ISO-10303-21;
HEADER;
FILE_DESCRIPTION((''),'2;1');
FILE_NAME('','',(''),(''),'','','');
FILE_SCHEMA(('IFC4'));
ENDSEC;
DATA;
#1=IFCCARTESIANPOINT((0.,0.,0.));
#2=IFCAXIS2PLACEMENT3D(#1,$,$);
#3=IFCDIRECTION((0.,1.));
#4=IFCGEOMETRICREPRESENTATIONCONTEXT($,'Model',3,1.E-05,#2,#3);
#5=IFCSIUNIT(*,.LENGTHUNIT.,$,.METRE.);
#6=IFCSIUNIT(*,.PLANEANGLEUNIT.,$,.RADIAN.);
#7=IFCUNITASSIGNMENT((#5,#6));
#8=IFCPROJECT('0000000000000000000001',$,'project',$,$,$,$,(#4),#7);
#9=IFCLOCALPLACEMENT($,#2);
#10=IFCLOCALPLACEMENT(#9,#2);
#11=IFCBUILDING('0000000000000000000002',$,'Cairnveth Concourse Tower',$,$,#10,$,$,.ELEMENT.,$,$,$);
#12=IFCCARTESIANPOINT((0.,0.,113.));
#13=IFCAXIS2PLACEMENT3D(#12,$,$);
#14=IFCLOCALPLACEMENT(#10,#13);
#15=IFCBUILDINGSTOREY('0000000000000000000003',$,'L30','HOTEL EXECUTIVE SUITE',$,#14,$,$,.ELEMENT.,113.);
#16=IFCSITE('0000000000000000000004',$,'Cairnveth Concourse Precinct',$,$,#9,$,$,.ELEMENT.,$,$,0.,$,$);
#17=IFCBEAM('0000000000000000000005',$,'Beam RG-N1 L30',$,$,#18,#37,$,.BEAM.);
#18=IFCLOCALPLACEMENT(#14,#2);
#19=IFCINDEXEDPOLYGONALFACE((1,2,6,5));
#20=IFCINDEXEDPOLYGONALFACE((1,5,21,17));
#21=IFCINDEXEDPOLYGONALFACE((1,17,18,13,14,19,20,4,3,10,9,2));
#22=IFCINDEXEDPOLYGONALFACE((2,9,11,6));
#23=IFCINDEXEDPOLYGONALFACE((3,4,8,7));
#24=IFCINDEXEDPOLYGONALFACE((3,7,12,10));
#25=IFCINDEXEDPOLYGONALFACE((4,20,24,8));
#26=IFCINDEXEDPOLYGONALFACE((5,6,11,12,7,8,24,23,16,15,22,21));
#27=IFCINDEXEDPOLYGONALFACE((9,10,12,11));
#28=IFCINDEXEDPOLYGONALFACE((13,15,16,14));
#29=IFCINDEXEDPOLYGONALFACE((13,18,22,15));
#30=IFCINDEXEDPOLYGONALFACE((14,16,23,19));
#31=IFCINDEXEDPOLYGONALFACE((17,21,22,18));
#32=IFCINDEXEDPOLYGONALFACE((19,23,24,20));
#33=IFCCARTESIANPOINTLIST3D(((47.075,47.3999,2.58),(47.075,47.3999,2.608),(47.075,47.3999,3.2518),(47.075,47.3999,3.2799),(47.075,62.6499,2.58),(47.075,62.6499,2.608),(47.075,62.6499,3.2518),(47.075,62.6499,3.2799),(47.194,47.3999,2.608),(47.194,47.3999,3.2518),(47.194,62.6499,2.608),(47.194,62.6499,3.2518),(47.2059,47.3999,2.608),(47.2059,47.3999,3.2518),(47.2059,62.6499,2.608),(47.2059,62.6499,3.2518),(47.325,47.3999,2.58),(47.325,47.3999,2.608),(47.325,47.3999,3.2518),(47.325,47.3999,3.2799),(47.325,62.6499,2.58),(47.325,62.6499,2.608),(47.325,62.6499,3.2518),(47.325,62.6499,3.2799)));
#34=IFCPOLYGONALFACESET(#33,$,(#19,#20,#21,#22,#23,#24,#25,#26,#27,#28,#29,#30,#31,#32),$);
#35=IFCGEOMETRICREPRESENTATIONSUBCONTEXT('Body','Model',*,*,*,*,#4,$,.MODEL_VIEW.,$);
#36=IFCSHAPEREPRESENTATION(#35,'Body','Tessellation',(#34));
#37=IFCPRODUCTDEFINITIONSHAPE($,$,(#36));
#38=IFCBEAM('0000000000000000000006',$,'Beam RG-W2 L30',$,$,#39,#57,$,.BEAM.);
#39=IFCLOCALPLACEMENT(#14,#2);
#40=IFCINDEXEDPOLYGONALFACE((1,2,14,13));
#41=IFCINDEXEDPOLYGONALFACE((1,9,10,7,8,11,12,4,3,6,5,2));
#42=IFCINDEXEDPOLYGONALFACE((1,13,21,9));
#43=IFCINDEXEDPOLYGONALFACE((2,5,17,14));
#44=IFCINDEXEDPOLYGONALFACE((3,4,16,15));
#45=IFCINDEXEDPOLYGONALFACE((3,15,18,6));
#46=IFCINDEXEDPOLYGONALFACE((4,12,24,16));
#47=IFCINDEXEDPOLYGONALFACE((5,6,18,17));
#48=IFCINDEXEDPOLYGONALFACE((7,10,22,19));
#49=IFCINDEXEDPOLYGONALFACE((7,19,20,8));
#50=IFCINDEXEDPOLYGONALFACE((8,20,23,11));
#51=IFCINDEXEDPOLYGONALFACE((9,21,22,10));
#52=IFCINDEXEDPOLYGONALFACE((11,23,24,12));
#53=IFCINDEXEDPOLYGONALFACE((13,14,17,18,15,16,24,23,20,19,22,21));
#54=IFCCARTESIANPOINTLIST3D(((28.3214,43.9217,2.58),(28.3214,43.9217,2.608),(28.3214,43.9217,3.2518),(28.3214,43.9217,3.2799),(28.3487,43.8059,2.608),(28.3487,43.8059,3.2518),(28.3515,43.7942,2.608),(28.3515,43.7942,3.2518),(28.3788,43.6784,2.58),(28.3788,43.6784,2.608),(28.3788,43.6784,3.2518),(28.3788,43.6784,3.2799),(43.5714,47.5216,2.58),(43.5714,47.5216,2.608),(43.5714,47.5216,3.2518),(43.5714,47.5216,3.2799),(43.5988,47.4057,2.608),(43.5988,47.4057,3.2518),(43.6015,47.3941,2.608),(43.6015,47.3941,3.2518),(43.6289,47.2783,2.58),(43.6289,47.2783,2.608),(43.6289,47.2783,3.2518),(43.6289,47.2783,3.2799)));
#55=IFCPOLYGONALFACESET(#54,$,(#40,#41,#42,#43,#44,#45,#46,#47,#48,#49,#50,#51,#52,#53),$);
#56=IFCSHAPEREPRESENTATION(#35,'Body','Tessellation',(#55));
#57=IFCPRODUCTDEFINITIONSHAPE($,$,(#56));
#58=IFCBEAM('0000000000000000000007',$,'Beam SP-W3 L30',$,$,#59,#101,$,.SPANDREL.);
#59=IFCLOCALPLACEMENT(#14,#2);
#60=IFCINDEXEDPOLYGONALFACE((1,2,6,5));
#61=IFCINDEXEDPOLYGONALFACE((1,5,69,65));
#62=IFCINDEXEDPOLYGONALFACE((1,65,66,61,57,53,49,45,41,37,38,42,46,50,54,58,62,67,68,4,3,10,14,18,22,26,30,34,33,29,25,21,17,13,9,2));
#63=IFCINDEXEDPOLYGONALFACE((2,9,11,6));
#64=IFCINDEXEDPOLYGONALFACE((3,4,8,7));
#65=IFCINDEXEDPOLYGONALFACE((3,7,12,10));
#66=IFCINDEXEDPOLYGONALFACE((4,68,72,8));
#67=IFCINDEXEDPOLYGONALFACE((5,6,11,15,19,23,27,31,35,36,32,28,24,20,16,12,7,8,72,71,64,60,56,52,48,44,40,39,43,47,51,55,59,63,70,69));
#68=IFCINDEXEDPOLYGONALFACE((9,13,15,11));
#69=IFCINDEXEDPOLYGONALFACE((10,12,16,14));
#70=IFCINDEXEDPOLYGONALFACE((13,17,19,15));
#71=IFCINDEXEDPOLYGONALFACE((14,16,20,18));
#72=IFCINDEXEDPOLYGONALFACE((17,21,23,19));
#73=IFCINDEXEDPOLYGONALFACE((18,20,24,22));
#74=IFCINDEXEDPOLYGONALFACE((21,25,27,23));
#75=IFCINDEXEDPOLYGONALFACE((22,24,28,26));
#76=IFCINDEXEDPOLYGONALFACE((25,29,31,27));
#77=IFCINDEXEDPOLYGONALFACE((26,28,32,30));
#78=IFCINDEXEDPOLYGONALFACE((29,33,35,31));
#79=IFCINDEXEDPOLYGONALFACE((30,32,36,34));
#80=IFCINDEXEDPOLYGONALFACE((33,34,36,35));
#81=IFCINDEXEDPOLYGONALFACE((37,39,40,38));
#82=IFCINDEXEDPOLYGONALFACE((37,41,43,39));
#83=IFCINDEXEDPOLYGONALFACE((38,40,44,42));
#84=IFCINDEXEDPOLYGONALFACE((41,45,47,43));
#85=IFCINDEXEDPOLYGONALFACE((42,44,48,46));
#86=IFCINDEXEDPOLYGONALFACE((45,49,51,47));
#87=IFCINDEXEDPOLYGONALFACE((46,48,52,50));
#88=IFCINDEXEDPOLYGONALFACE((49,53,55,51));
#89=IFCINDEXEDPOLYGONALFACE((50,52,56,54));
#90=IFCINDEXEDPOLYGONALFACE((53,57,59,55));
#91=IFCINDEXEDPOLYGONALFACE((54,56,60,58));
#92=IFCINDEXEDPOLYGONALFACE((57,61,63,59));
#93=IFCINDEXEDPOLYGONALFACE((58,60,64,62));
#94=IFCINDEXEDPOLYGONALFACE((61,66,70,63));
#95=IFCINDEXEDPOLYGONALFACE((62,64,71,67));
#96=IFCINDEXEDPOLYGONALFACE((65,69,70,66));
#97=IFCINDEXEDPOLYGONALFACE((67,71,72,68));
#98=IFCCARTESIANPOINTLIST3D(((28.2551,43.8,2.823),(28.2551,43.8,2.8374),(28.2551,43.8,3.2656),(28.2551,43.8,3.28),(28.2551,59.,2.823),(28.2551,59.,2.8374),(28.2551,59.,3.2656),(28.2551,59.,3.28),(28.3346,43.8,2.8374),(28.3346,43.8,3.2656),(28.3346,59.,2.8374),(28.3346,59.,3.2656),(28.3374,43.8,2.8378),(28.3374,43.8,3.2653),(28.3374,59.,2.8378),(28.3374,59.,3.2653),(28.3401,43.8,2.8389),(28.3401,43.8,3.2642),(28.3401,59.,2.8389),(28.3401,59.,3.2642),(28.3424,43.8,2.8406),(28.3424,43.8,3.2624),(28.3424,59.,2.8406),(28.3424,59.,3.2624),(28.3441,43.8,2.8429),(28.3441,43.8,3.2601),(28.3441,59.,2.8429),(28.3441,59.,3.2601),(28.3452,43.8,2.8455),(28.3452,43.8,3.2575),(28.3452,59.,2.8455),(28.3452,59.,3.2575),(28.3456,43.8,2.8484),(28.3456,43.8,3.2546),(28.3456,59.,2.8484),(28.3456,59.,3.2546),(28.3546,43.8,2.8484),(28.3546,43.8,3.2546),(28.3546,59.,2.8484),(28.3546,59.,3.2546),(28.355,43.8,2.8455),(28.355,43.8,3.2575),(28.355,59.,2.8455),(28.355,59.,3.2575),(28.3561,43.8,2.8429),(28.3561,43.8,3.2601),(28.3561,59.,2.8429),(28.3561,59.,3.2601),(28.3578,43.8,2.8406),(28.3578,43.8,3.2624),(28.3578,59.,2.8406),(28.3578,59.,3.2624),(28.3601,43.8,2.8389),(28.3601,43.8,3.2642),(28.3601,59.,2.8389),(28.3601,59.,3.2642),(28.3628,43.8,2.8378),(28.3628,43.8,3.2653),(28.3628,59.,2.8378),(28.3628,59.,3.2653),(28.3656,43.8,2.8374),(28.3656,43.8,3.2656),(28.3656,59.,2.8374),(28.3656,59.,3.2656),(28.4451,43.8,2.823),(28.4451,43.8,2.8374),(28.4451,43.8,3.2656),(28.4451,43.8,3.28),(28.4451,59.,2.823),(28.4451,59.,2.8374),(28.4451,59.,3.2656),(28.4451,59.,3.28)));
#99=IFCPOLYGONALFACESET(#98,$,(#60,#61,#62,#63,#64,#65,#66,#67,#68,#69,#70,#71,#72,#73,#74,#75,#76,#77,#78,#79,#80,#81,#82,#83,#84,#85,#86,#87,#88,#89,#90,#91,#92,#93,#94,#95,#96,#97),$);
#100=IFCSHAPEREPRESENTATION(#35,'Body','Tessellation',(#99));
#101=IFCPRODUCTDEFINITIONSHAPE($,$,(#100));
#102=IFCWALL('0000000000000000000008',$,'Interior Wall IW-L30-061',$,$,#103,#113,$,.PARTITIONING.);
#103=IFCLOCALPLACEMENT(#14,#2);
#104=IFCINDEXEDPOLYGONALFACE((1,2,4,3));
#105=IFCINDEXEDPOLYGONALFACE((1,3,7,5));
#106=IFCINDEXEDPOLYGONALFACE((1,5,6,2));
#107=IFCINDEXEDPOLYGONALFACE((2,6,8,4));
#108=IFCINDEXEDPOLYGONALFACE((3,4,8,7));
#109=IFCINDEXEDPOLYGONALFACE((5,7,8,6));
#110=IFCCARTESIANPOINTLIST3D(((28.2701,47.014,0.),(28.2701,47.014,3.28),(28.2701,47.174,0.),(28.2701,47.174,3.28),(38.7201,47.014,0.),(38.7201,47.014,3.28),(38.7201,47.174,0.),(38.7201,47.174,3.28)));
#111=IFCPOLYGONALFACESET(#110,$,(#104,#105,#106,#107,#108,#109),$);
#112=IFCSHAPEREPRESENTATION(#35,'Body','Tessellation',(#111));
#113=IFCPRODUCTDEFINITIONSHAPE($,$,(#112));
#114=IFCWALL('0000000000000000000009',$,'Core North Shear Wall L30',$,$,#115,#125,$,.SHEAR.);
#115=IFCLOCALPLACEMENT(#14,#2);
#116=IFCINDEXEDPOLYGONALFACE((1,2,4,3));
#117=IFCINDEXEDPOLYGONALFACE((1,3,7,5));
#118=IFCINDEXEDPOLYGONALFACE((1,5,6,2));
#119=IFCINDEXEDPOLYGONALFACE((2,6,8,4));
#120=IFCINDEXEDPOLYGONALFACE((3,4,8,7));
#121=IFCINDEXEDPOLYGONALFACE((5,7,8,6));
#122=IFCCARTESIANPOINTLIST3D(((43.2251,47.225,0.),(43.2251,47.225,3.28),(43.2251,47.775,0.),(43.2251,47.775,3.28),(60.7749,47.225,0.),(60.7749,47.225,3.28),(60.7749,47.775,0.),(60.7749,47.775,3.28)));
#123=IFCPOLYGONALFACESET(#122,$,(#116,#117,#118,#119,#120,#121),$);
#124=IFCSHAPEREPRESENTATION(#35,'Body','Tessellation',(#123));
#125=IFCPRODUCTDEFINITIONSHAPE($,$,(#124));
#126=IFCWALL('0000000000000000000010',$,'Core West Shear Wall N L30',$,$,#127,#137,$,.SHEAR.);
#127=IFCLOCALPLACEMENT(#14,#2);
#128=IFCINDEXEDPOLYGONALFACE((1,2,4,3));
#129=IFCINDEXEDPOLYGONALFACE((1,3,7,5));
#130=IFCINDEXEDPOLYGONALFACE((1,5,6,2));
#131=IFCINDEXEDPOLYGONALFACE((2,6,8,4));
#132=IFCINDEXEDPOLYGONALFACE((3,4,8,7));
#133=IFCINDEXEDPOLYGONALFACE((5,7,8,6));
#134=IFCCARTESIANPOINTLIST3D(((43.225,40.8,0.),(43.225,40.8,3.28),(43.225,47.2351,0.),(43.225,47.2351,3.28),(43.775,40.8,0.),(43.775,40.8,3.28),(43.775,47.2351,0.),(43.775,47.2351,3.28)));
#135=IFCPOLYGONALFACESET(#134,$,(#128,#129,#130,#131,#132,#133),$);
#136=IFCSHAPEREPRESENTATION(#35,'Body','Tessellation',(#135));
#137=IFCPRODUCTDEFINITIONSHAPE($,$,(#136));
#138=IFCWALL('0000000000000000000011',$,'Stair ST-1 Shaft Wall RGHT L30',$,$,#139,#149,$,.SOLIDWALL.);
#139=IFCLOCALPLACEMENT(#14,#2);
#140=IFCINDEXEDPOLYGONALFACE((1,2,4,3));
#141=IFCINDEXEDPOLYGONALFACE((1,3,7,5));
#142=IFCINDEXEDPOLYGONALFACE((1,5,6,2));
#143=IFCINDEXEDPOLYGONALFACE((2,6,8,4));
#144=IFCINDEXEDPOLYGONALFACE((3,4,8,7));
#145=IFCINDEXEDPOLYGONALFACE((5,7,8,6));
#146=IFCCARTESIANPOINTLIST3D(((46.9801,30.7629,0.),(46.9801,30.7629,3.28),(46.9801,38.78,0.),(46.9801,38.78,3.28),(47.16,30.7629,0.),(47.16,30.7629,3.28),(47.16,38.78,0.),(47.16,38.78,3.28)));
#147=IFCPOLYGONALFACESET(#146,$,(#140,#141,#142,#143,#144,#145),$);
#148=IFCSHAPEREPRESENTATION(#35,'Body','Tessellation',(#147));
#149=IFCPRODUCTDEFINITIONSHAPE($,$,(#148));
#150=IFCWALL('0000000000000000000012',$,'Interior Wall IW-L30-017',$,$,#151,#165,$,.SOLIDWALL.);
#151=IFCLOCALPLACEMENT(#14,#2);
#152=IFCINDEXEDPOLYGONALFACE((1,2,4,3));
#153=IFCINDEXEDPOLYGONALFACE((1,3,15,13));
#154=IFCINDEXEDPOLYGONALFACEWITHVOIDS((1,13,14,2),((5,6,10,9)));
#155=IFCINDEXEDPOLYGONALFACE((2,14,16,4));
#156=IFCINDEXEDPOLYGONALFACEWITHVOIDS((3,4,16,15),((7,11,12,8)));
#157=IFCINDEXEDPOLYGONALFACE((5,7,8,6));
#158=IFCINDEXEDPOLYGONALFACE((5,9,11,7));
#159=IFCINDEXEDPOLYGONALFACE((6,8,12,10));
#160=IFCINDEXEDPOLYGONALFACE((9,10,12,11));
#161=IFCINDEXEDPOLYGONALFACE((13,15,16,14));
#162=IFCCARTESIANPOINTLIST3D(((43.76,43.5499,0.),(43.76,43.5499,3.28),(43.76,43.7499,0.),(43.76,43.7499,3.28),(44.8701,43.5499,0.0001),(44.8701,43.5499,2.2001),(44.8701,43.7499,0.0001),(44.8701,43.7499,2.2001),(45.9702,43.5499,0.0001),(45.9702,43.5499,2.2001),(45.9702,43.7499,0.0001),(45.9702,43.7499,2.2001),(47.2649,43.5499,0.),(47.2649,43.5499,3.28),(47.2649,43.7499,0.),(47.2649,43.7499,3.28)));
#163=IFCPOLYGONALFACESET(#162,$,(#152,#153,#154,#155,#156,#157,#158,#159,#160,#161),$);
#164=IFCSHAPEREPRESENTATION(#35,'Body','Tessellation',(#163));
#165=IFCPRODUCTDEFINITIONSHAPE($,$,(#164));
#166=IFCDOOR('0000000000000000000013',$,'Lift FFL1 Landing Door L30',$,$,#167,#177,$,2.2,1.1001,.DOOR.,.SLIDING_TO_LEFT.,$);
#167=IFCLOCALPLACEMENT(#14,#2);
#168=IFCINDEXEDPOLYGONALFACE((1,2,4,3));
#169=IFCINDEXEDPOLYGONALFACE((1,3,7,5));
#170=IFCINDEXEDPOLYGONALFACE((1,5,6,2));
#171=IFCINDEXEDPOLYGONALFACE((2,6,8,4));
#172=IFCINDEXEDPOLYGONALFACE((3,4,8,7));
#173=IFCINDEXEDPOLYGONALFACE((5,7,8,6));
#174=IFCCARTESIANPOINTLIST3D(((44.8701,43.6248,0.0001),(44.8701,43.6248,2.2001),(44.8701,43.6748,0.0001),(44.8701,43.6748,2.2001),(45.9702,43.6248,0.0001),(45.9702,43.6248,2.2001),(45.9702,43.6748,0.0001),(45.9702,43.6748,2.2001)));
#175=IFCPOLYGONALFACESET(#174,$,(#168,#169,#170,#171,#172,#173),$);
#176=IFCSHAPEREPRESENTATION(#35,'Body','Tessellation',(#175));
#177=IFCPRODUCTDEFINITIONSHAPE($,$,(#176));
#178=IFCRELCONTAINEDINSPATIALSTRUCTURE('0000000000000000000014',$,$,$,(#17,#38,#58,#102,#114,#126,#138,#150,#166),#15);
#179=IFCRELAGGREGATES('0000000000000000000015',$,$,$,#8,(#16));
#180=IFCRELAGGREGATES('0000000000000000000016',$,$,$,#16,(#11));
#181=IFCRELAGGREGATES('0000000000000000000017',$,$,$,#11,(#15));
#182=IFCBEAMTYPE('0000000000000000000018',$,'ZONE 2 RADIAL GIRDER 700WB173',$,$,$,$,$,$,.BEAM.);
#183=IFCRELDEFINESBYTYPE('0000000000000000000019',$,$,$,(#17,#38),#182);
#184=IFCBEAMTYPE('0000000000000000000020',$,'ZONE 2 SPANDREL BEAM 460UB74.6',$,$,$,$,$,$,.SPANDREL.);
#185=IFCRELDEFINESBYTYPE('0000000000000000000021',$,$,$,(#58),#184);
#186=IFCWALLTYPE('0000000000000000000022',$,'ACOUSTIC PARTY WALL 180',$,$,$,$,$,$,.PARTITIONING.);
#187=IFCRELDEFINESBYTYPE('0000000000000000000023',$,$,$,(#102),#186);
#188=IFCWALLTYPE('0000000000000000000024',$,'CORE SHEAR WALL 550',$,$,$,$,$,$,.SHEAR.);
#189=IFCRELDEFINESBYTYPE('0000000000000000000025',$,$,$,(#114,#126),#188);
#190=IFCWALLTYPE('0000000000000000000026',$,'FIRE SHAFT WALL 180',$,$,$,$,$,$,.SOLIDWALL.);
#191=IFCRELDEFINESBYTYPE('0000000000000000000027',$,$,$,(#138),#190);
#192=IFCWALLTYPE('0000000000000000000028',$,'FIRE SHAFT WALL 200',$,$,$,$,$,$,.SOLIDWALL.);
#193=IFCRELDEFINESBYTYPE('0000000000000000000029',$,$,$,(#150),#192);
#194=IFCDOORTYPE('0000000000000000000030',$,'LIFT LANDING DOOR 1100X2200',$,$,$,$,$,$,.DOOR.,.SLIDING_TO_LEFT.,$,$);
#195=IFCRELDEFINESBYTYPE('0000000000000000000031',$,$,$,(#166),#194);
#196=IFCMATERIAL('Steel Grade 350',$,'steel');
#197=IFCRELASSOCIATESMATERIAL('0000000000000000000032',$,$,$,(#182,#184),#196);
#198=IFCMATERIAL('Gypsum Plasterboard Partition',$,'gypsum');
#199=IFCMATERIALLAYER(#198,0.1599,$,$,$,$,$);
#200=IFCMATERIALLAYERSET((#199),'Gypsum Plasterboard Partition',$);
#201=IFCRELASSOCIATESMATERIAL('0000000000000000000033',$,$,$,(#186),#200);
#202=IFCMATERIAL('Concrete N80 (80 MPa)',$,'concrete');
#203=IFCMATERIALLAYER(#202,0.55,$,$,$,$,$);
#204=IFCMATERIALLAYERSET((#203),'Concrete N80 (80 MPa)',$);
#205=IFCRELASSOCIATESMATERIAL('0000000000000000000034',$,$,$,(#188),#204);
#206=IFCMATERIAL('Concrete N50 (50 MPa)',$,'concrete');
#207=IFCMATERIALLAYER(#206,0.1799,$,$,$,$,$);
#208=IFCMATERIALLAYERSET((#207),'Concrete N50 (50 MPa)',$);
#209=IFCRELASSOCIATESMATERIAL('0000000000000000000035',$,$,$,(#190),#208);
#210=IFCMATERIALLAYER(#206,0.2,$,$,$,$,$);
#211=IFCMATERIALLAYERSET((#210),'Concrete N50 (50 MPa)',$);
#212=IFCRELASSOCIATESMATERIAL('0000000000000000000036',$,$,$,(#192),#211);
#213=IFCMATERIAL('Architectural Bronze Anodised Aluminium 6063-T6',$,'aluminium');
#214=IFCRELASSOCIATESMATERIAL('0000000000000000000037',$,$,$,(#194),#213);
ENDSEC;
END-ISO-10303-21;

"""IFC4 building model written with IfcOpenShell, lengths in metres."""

from ifc_helpers import new_model, si_unit, direction, frame, frame_2d, origin, origin_2d, place, context, subcontext, project, spatial, rectangle, i_section, extrude, material, layer, layer_set, material_profile, profile_set, type_object, element, fill, save


model = new_model("IFC4")

# Units and contexts
model_context = context("Model", 3, precision=1e-05, world=origin(), true_north=direction((0.0, 1.0)))
body_context = subcontext(model_context, "Body", "Model", "MODEL_VIEW")
ifc_project = project(units=[si_unit("LENGTHUNIT", "METRE"), si_unit("PLANEANGLEUNIT", "RADIAN")], contexts=[model_context])

# Site, building, storey
site_placement = place(None, origin())
site = spatial("IfcSite", under=ifc_project, at=site_placement, Name="Cairnveth Concourse Precinct", CompositionType="ELEMENT", RefElevation=0.0)
building_placement = place(site_placement, origin())
building = spatial("IfcBuilding", under=site, at=building_placement, Name="Cairnveth Concourse Tower", CompositionType="ELEMENT")
storey_placement = place(building_placement, frame((0.0, 0.0, 113.0)))
storey = spatial("IfcBuildingStorey", under=building, at=storey_placement, Name="L30", Description="HOTEL EXECUTIVE SUITE", CompositionType="ELEMENT", Elevation=113.0)

# Beams
ifc_material_1 = material(Name="Steel Grade 350", Category="steel")
ifc_material_profile_1 = material_profile(ifc_material_1, i_section(OverallWidth=0.25, OverallDepth=0.7, WebThickness=0.012, FlangeThickness=0.0281, at=origin_2d()), Name="700WB173")
ifc_profile_set_1 = profile_set([ifc_material_profile_1], Name="Steel Grade 350")
beam_type_1 = type_object("IfcBeamType", Name="ZONE 2 RADIAL GIRDER 700WB173", PredefinedType="BEAM", material=ifc_profile_set_1)
beam_1_placement = place(storey_placement, frame((47.2, 47.3999, 2.9299), z_axis=(0.0, 1.0, 0.0), x_axis=(-1.0, 0.0, 0.0)))
element("IfcBeam", 1, at=beam_1_placement, inside=storey, type_object=beam_type_1, Name="Beam RG-N1 L30", PredefinedType="BEAM", context=body_context, shape_type="SweptSolid", body=[
    extrude(i_section(OverallWidth=0.25, OverallDepth=0.7, WebThickness=0.012, FlangeThickness=0.0281, at=origin_2d()), origin(), (0.0, 0.0, 1.0), 15.25),
])
beam_2_placement = place(storey_placement, frame((28.3501, 43.8, 2.9299), z_axis=(0.973252, 0.229742, 0.0), x_axis=(-0.229742, 0.973252, 0.0)))
element("IfcBeam", 2, at=beam_2_placement, inside=storey, type_object=beam_type_1, Name="Beam RG-W2 L30", PredefinedType="BEAM", context=body_context, shape_type="SweptSolid", body=[
    extrude(i_section(OverallWidth=0.25, OverallDepth=0.7, WebThickness=0.012, FlangeThickness=0.0281, at=origin_2d()), origin(), (0.0, 0.0, 1.0), 15.6692),
])
ifc_material_profile_2 = material_profile(ifc_material_1, i_section(OverallWidth=0.1899, OverallDepth=0.457, WebThickness=0.009, FlangeThickness=0.0144, FilletRadius=0.011, at=origin_2d()), Name="460UB74.6")
ifc_profile_set_2 = profile_set([ifc_material_profile_2], Name="Steel Grade 350")
beam_type_2 = type_object("IfcBeamType", Name="ZONE 2 SPANDREL BEAM 460UB74.6", PredefinedType="SPANDREL", material=ifc_profile_set_2)
beam_3_placement = place(storey_placement, frame((28.3501, 43.8, 3.0515), z_axis=(0.0, 1.0, 0.0), x_axis=(-1.0, 0.0, 0.0)))
element("IfcBeam", 3, at=beam_3_placement, inside=storey, type_object=beam_type_2, Name="Beam SP-W3 L30", PredefinedType="SPANDREL", context=body_context, shape_type="SweptSolid", body=[
    extrude(i_section(OverallWidth=0.1899, OverallDepth=0.457, WebThickness=0.009, FlangeThickness=0.0144, FilletRadius=0.011, at=origin_2d()), origin(), (0.0, 0.0, 1.0), 15.2),
])

# Walls
ifc_material_2 = material(Name="Gypsum Plasterboard Partition", Category="gypsum")
ifc_layer_1 = layer(ifc_material_2, 0.1599)
ifc_layer_set_1 = layer_set([ifc_layer_1], Name="Gypsum Plasterboard Partition")
wall_type_1 = type_object("IfcWallType", Name="ACOUSTIC PARTY WALL 180", PredefinedType="PARTITIONING", material=ifc_layer_set_1)
wall_1_placement = place(storey_placement, frame((28.27, 47.094, 0.0), z_axis=(0.0, 0.0, 1.0), x_axis=(1.0, 0.0, 0.0)))
element("IfcWall", 4, at=wall_1_placement, inside=storey, type_object=wall_type_1, Name="Interior Wall IW-L30-061", PredefinedType="PARTITIONING", context=body_context, shape_type="SweptSolid", body=[
    extrude(rectangle(XDim=10.45, YDim=0.1599, at=frame_2d((5.2251, 0.0))), origin(), (0.0, 0.0, 1.0), 3.28),
])
ifc_material_3 = material(Name="Concrete N80 (80 MPa)", Category="concrete")
ifc_layer_2 = layer(ifc_material_3, 0.55)
ifc_layer_set_2 = layer_set([ifc_layer_2], Name="Concrete N80 (80 MPa)")
wall_type_2 = type_object("IfcWallType", Name="CORE SHEAR WALL 550", PredefinedType="SHEAR", material=ifc_layer_set_2)
wall_2_placement = place(storey_placement, frame((43.2251, 47.5, 0.0), z_axis=(0.0, 0.0, 1.0), x_axis=(1.0, 0.0, 0.0)))
element("IfcWall", 5, at=wall_2_placement, inside=storey, type_object=wall_type_2, Name="Core North Shear Wall L30", PredefinedType="SHEAR", context=body_context, shape_type="SweptSolid", body=[
    extrude(rectangle(XDim=17.5498, YDim=0.55, at=frame_2d((8.7749, 0.0))), origin(), (0.0, 0.0, 1.0), 3.28),
])
wall_3_placement = place(storey_placement, frame((43.5, 40.8, 0.0), z_axis=(0.0, 0.0, 1.0), x_axis=(0.0, 1.0, 0.0)))
element("IfcWall", 6, at=wall_3_placement, inside=storey, type_object=wall_type_2, Name="Core West Shear Wall N L30", PredefinedType="SHEAR", context=body_context, shape_type="SweptSolid", body=[
    extrude(rectangle(XDim=6.4351, YDim=0.55, at=frame_2d((3.2175, 0.0))), origin(), (0.0, 0.0, 1.0), 3.28),
])

# Shared definitions
ifc_material_4 = material(Name="Concrete N50 (50 MPa)", Category="concrete")
ifc_layer_3 = layer(ifc_material_4, 0.1799)
ifc_layer_set_3 = layer_set([ifc_layer_3], Name="Concrete N50 (50 MPa)")
wall_type_3 = type_object("IfcWallType", Name="FIRE SHAFT WALL 180", PredefinedType="SOLIDWALL", material=ifc_layer_set_3)

# Wall
wall_4_placement = place(storey_placement, frame((47.0701, 38.78, 0.0), z_axis=(0.0, 0.0, 1.0), x_axis=(0.0, -1.0, 0.0)))
element("IfcWall", 7, at=wall_4_placement, inside=storey, type_object=wall_type_3, Name="Stair ST-1 Shaft Wall RGHT L30", PredefinedType="SOLIDWALL", context=body_context, shape_type="SweptSolid", body=[
    extrude(rectangle(XDim=8.0171, YDim=0.1799, at=frame_2d((4.0085, 0.0))), origin(), (0.0, 0.0, 1.0), 3.28),
])

# Wall, opening, door
ifc_layer_4 = layer(ifc_material_4, 0.2)
ifc_layer_set_4 = layer_set([ifc_layer_4], Name="Concrete N50 (50 MPa)")
wall_type_4 = type_object("IfcWallType", Name="FIRE SHAFT WALL 200", PredefinedType="SOLIDWALL", material=ifc_layer_set_4)
wall_5_placement = place(storey_placement, frame((43.76, 43.6499, 0.0), z_axis=(0.0, 0.0, 1.0), x_axis=(1.0, 0.0, 0.0)))
wall_5 = element("IfcWall", 8, at=wall_5_placement, inside=storey, type_object=wall_type_4, Name="Interior Wall IW-L30-017", PredefinedType="SOLIDWALL", context=body_context, shape_type="SweptSolid", body=[
    extrude(rectangle(XDim=3.5049, YDim=0.2, at=frame_2d((1.7524, 0.0))), origin(), (0.0, 0.0, 1.0), 3.28),
])
opening_1_placement = place(wall_5_placement, frame((1.1101, 0.0, 0.0)))
opening_1 = element("IfcOpeningElement", 9, at=opening_1_placement, cuts=wall_5, PredefinedType="OPENING", context=body_context, shape_type="SweptSolid", body=[
    extrude(rectangle(XDim=1.1001, YDim=2.2, at=frame_2d((0.55, 1.1001))), frame((0.0, 0.1099, 0.0), z_axis=(0.0, -1.0, 0.0), x_axis=(1.0, 0.0, 0.0)), (0.0, 0.0, 1.0), 0.22),
])
ifc_material_5 = material(Name="Architectural Bronze Anodised Aluminium 6063-T6", Category="aluminium")
door_type_1 = type_object("IfcDoorType", Name="LIFT LANDING DOOR 1100X2200", OperationType="SLIDING_TO_LEFT", PredefinedType="DOOR", material=ifc_material_5)
door_1_placement = place(opening_1_placement, origin())
door_1 = element("IfcDoor", 10, at=door_1_placement, inside=storey, type_object=door_type_1, Name="Lift FFL1 Landing Door L30", OperationType="SLIDING_TO_LEFT", OverallHeight=2.2, OverallWidth=1.1001, PredefinedType="DOOR", context=body_context, shape_type="SweptSolid", body=[
    extrude(rectangle(XDim=1.1001, YDim=2.2, at=frame_2d((0.55, 1.1001))), frame((0.0, 0.0249, 0.0), z_axis=(0.0, -1.0, 0.0), x_axis=(1.0, 0.0, 0.0)), (0.0, 0.0, 1.0), 0.05),
])
fill(opening_1, door_1)

save(model, "model.ifc")
